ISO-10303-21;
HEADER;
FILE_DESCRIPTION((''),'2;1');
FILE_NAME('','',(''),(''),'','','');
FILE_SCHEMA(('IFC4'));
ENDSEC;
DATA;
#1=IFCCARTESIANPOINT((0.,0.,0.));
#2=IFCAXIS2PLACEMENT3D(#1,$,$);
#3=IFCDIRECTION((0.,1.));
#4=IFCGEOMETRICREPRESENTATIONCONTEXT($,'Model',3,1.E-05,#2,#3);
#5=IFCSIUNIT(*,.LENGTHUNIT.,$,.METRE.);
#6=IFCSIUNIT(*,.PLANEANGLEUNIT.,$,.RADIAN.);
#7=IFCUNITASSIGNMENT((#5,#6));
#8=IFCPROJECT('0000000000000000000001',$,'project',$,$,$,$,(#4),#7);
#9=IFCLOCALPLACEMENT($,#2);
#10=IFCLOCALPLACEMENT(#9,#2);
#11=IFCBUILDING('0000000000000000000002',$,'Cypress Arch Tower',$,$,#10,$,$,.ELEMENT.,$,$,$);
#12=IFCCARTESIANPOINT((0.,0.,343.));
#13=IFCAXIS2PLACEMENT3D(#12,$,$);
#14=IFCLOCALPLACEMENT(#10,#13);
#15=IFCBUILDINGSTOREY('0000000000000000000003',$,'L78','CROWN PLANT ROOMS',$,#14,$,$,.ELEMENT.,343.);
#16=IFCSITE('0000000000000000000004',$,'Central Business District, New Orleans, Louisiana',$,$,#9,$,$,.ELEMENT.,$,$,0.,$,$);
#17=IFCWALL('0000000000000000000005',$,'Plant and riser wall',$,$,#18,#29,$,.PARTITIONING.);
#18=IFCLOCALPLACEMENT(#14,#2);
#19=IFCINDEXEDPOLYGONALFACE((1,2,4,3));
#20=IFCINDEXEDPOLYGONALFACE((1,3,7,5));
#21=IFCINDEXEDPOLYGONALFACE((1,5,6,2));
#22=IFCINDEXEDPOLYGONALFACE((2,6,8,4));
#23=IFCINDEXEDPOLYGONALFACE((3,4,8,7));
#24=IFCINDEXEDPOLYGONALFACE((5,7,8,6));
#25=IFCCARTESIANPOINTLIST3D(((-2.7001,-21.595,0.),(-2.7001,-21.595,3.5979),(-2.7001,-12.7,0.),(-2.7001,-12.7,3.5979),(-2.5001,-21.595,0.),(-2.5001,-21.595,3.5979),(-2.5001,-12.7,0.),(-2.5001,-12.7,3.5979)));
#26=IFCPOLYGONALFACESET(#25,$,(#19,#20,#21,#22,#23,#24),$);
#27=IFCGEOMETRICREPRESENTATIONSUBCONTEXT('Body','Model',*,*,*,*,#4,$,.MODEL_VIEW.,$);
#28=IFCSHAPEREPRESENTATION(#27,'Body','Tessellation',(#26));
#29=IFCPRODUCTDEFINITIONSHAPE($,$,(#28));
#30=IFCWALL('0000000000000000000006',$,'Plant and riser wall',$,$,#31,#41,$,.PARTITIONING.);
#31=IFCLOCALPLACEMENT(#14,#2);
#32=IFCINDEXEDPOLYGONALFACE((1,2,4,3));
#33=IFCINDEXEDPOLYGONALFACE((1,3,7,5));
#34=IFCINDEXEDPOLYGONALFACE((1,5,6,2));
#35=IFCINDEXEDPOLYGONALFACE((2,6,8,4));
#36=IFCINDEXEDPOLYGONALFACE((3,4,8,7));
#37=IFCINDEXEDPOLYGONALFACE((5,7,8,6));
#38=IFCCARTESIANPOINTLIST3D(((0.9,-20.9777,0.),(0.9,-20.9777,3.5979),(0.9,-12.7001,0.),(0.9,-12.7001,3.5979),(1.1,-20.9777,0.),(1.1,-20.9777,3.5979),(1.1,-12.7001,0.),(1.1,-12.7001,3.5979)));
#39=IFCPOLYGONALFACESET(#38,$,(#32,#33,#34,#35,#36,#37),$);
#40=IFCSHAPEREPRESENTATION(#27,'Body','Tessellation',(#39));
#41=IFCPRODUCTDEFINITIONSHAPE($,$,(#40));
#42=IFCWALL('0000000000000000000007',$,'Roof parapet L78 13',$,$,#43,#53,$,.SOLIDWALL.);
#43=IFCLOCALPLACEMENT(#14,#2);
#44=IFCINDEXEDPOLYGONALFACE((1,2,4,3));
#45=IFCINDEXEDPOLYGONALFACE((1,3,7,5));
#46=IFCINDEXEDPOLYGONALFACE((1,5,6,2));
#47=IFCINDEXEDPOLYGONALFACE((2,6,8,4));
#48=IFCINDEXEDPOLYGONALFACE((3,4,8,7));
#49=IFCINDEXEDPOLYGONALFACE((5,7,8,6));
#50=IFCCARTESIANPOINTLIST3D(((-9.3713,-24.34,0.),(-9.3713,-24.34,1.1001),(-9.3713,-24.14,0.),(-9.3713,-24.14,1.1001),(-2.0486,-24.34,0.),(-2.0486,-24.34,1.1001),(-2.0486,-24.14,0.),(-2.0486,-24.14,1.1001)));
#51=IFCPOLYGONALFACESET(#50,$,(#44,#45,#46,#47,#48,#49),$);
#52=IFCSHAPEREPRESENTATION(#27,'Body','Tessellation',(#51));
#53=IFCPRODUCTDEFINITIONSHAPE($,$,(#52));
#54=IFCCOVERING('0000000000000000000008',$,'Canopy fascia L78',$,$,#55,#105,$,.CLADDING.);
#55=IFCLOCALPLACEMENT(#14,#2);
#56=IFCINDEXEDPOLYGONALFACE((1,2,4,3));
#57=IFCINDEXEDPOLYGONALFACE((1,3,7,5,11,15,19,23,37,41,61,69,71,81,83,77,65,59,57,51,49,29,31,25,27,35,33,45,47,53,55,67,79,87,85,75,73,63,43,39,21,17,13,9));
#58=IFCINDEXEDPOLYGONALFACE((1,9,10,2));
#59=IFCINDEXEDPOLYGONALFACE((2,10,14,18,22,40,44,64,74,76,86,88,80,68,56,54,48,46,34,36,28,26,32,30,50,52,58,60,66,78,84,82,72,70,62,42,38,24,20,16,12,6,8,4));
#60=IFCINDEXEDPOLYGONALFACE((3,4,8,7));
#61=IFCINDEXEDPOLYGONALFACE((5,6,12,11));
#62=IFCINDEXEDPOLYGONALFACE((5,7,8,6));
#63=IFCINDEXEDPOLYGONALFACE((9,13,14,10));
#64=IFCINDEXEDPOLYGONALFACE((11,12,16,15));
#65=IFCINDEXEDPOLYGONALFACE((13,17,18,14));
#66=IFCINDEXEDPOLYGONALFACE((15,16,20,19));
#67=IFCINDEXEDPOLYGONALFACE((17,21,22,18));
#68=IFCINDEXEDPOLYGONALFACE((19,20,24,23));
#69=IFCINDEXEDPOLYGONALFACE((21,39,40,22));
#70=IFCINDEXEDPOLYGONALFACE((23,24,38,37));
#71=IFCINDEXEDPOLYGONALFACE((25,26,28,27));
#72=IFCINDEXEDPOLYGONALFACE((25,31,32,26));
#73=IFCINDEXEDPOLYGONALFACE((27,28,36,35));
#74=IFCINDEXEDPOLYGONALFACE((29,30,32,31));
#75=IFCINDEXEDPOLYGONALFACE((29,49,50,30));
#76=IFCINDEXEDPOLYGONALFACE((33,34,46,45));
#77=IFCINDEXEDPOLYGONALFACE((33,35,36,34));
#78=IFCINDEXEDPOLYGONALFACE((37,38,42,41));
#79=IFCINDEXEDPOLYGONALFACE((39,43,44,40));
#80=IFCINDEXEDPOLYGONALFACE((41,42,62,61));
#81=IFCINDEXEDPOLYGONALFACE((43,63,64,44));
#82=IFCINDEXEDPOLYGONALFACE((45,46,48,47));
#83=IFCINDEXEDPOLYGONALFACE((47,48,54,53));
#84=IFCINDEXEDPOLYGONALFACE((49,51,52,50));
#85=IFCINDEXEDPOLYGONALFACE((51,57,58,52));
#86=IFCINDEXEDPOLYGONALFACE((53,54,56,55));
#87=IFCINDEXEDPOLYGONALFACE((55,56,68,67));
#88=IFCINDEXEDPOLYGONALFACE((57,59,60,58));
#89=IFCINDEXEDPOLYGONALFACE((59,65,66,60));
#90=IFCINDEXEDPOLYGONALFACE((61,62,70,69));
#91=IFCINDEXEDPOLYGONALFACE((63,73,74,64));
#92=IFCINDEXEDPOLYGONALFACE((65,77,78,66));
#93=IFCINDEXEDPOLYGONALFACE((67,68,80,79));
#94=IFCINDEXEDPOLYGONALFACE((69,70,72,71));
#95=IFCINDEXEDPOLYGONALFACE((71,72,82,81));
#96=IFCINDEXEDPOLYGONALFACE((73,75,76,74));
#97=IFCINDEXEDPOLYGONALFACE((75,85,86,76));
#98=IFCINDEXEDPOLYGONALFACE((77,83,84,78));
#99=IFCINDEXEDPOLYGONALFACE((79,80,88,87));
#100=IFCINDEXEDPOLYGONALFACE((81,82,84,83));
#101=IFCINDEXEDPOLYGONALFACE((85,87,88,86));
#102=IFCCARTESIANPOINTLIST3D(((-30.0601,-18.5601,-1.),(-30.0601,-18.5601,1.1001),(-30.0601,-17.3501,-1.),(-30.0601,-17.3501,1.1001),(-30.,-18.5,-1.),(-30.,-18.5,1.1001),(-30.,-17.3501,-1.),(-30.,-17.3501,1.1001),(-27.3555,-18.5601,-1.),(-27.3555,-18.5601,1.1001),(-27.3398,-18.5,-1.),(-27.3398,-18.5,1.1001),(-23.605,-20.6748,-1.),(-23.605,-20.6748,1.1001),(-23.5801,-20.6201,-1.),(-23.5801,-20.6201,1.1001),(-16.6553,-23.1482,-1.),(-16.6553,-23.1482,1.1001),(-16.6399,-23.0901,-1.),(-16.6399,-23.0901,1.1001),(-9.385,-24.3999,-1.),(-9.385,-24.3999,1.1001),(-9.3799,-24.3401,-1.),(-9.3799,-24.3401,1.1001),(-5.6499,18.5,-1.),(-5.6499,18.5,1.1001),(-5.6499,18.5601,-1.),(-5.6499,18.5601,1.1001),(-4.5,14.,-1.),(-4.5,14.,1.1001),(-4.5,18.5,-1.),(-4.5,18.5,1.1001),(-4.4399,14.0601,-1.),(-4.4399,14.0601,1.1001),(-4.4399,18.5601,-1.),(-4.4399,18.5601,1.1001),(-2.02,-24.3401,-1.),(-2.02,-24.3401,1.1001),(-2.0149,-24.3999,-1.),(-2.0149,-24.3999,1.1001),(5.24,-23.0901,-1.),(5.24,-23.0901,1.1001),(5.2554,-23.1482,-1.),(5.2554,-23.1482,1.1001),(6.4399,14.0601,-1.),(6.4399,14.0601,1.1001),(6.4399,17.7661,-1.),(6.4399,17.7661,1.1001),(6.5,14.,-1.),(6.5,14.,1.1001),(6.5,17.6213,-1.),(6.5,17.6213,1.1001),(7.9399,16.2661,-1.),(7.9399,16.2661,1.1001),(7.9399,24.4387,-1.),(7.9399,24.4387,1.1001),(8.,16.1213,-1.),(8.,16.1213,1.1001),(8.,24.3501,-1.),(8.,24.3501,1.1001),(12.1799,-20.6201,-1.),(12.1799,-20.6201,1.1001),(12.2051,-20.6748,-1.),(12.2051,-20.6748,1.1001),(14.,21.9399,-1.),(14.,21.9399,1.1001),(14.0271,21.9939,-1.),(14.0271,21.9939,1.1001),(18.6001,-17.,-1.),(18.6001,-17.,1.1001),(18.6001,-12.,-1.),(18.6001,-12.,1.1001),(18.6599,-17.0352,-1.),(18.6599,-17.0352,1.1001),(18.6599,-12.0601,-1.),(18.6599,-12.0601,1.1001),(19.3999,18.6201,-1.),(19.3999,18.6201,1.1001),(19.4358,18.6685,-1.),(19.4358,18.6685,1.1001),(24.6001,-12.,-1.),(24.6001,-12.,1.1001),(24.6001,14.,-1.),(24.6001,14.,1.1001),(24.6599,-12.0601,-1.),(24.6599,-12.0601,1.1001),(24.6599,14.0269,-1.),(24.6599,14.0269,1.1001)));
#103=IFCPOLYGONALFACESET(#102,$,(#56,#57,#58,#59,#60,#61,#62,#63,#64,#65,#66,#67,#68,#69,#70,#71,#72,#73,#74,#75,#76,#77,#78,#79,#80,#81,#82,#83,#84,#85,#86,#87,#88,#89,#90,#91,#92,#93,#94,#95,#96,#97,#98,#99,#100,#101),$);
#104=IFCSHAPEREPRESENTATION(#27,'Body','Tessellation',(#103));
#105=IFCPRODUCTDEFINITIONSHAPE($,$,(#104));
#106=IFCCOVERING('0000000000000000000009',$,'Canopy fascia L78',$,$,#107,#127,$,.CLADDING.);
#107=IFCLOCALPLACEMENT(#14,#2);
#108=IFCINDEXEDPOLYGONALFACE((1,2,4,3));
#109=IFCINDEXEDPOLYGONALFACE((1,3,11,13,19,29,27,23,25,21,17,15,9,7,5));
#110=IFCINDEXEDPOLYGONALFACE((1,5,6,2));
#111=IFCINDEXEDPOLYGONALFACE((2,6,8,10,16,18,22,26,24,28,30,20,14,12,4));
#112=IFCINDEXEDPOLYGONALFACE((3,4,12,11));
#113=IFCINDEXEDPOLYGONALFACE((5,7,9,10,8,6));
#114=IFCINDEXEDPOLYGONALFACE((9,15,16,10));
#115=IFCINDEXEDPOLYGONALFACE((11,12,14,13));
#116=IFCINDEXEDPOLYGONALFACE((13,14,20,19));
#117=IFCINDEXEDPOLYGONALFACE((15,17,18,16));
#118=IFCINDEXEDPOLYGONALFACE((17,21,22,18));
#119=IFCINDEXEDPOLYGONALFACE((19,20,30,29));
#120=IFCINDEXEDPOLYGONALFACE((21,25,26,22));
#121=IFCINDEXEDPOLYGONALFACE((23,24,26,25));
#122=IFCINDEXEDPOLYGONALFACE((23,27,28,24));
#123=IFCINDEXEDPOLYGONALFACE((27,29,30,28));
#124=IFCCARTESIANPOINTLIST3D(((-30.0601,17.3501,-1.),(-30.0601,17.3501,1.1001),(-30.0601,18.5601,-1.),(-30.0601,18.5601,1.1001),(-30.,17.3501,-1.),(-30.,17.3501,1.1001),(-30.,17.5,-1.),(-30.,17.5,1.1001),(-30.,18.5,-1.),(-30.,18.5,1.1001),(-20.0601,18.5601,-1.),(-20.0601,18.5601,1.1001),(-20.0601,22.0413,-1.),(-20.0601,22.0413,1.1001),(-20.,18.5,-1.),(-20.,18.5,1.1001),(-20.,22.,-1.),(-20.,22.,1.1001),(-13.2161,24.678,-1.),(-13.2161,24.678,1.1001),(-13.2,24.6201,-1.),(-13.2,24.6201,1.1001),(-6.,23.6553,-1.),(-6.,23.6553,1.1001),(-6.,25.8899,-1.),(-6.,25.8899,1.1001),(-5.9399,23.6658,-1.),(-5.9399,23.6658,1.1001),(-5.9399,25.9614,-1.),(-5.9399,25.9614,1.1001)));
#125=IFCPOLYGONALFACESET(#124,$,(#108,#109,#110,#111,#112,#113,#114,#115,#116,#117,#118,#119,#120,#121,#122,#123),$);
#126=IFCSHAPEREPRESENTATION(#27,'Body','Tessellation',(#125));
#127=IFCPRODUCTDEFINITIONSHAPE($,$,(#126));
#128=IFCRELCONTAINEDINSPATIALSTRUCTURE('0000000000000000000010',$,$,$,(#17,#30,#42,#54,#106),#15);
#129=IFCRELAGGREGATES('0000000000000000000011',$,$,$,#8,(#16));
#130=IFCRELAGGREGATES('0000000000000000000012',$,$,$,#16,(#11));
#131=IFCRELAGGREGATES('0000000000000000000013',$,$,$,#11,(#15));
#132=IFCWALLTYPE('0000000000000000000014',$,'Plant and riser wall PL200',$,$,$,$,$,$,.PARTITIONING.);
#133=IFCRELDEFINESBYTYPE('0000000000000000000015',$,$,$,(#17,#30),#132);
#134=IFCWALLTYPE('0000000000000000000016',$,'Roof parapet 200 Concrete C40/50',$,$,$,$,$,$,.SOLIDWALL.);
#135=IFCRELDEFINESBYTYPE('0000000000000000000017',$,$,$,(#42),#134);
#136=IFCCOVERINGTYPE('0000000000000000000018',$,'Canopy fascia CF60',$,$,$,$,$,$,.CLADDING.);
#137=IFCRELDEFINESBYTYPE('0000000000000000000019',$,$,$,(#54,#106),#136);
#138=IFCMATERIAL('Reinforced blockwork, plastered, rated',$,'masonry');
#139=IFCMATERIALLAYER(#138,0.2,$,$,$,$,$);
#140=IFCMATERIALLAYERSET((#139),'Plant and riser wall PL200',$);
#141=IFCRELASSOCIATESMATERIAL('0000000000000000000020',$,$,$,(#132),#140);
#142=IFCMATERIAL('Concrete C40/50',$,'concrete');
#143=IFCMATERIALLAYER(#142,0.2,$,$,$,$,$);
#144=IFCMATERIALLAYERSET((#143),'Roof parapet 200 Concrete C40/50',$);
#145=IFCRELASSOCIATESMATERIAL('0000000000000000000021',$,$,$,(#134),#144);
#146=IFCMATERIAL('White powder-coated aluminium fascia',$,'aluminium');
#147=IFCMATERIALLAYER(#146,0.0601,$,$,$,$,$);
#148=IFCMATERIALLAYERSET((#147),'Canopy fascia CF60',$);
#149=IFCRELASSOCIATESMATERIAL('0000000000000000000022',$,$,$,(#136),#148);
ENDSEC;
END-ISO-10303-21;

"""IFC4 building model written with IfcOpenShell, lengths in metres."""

from ifc_helpers import new_model, si_unit, direction, frame, frame_2d, origin, place, context, subcontext, project, spatial, polyline, rectangle, outline, extrude, material, layer, layer_set, type_object, element, save


model = new_model("IFC4")

# Units and contexts
model_context = context("Model", 3, precision=1e-05, world=origin(), true_north=direction((0.0, 1.0)))
body_context = subcontext(model_context, "Body", "Model", "MODEL_VIEW")
ifc_project = project(units=[si_unit("LENGTHUNIT", "METRE"), si_unit("PLANEANGLEUNIT", "RADIAN")], contexts=[model_context])

# Site, building, storey
site_placement = place(None, origin())
site = spatial("IfcSite", under=ifc_project, at=site_placement, Name="Central Business District, New Orleans, Louisiana", CompositionType="ELEMENT", RefElevation=0.0)
building_placement = place(site_placement, origin())
building = spatial("IfcBuilding", under=site, at=building_placement, Name="Cypress Arch Tower", CompositionType="ELEMENT")
storey_placement = place(building_placement, frame((0.0, 0.0, 343.0)))
storey = spatial("IfcBuildingStorey", under=building, at=storey_placement, Name="L78", Description="CROWN PLANT ROOMS", CompositionType="ELEMENT", Elevation=343.0)

# Walls
ifc_material_1 = material(Name="Reinforced blockwork, plastered, rated", Category="masonry")
ifc_layer_1 = layer(ifc_material_1, 0.2)
ifc_layer_set_1 = layer_set([ifc_layer_1], Name="Plant and riser wall PL200")
wall_type_1 = type_object("IfcWallType", Name="Plant and riser wall PL200", PredefinedType="PARTITIONING", material=ifc_layer_set_1)
wall_1_placement = place(storey_placement, frame((-2.6001, -21.595, 0.0), z_axis=(0.0, 0.0, 1.0), x_axis=(0.0, 1.0, 0.0)))
element("IfcWall", 1, at=wall_1_placement, inside=storey, type_object=wall_type_1, Name="Plant and riser wall", PredefinedType="PARTITIONING", context=body_context, shape_type="SweptSolid", body=[
    extrude(rectangle(XDim=8.895, YDim=0.2, at=frame_2d((4.4475, 0.0))), origin(), (0.0, 0.0, 1.0), 3.5979),
])
wall_2_placement = place(storey_placement, frame((1.0, -20.9775, 0.0), z_axis=(0.0, 0.0, 1.0), x_axis=(0.0, 1.0, 0.0)))
element("IfcWall", 2, at=wall_2_placement, inside=storey, type_object=wall_type_1, Name="Plant and riser wall", PredefinedType="PARTITIONING", context=body_context, shape_type="SweptSolid", body=[
    extrude(rectangle(XDim=8.2776, YDim=0.2, at=frame_2d((4.1387, 0.0))), origin(), (0.0, 0.0, 1.0), 3.5979),
])
ifc_material_2 = material(Name="Concrete C40/50", Category="concrete")
ifc_layer_2 = layer(ifc_material_2, 0.2)
ifc_layer_set_2 = layer_set([ifc_layer_2], Name="Roof parapet 200 Concrete C40/50")
wall_type_2 = type_object("IfcWallType", Name="Roof parapet 200 Concrete C40/50", PredefinedType="SOLIDWALL", material=ifc_layer_set_2)
wall_3_placement = place(storey_placement, frame((-2.0486, -24.24, 0.0), z_axis=(0.0, 0.0, 1.0), x_axis=(-1.0, 0.0, 0.0)))
element("IfcWall", 3, at=wall_3_placement, inside=storey, type_object=wall_type_2, Name="Roof parapet L78 13", PredefinedType="SOLIDWALL", context=body_context, shape_type="SweptSolid", body=[
    extrude(rectangle(XDim=7.3228, YDim=0.2, at=frame_2d((3.6614, 0.0))), origin(), (0.0, 0.0, 1.0), 1.1001),
])

# Coverings
ifc_material_3 = material(Name="White powder-coated aluminium fascia", Category="aluminium")
ifc_layer_3 = layer(ifc_material_3, 0.0601)
ifc_layer_set_3 = layer_set([ifc_layer_3], Name="Canopy fascia CF60")
covering_type = type_object("IfcCoveringType", Name="Canopy fascia CF60", PredefinedType="CLADDING", material=ifc_layer_set_3)
covering_1_placement = place(storey_placement, frame((0.0, 0.0, -1.0)))
element("IfcCovering", 4, at=covering_1_placement, inside=storey, type_object=covering_type, Name="Canopy fascia L78", PredefinedType="CLADDING", context=body_context, shape_type="SweptSolid", body=[
    extrude(outline(polyline([(7.9399, 16.2661), (7.9399, 24.4387), (14.0271, 21.9939), (19.4358, 18.6685), (24.6599, 14.0269), (24.6599, -12.0601), (18.6599, -12.0601), (18.6599, -17.0352), (12.2051, -20.6748), (5.2554, -23.1482), (-2.0149, -24.3999), (-9.385, -24.3999), (-16.6553, -23.1482), (-23.605, -20.6748), (-27.3555, -18.5601), (-30.0601, -18.5601), (-30.0601, -17.3501), (-30.0, -17.3501), (-30.0, -18.5), (-27.3398, -18.5), (-23.5801, -20.6201), (-16.6399, -23.0901), (-9.3799, -24.3401), (-2.02, -24.3401), (5.24, -23.0901), (12.1799, -20.6201), (18.6001, -17.0), (18.6001, -12.0), (24.6001, -12.0), (24.6001, 14.0), (19.3999, 18.6201), (14.0, 21.9399), (8.0, 24.3501), (8.0, 16.1213), (6.5, 17.6213), (6.5, 14.0), (-4.5, 14.0), (-4.5, 18.5), (-5.6499, 18.5), (-5.6499, 18.5601), (-4.4399, 18.5601), (-4.4399, 14.0601), (6.4399, 14.0601), (6.4399, 17.7661), (7.9399, 16.2661)])), origin(), (0.0, 0.0, 1.0), 2.1001),
])
covering_2_placement = place(storey_placement, frame((0.0, 0.0, -1.0)))
element("IfcCovering", 5, at=covering_2_placement, inside=storey, type_object=covering_type, Name="Canopy fascia L78", PredefinedType="CLADDING", context=body_context, shape_type="SweptSolid", body=[
    extrude(outline(polyline([(-30.0601, 18.5601), (-20.0601, 18.5601), (-20.0601, 22.0413), (-13.2161, 24.678), (-5.9399, 25.9614), (-5.9399, 23.6658), (-6.0, 23.6553), (-6.0, 25.8899), (-13.2, 24.6201), (-20.0, 22.0), (-20.0, 18.5), (-30.0, 18.5), (-30.0, 17.5), (-30.0, 17.3501), (-30.0601, 17.3501), (-30.0601, 18.5601)])), origin(), (0.0, 0.0, 1.0), 2.1001),
])

save(model, "model.ifc")
